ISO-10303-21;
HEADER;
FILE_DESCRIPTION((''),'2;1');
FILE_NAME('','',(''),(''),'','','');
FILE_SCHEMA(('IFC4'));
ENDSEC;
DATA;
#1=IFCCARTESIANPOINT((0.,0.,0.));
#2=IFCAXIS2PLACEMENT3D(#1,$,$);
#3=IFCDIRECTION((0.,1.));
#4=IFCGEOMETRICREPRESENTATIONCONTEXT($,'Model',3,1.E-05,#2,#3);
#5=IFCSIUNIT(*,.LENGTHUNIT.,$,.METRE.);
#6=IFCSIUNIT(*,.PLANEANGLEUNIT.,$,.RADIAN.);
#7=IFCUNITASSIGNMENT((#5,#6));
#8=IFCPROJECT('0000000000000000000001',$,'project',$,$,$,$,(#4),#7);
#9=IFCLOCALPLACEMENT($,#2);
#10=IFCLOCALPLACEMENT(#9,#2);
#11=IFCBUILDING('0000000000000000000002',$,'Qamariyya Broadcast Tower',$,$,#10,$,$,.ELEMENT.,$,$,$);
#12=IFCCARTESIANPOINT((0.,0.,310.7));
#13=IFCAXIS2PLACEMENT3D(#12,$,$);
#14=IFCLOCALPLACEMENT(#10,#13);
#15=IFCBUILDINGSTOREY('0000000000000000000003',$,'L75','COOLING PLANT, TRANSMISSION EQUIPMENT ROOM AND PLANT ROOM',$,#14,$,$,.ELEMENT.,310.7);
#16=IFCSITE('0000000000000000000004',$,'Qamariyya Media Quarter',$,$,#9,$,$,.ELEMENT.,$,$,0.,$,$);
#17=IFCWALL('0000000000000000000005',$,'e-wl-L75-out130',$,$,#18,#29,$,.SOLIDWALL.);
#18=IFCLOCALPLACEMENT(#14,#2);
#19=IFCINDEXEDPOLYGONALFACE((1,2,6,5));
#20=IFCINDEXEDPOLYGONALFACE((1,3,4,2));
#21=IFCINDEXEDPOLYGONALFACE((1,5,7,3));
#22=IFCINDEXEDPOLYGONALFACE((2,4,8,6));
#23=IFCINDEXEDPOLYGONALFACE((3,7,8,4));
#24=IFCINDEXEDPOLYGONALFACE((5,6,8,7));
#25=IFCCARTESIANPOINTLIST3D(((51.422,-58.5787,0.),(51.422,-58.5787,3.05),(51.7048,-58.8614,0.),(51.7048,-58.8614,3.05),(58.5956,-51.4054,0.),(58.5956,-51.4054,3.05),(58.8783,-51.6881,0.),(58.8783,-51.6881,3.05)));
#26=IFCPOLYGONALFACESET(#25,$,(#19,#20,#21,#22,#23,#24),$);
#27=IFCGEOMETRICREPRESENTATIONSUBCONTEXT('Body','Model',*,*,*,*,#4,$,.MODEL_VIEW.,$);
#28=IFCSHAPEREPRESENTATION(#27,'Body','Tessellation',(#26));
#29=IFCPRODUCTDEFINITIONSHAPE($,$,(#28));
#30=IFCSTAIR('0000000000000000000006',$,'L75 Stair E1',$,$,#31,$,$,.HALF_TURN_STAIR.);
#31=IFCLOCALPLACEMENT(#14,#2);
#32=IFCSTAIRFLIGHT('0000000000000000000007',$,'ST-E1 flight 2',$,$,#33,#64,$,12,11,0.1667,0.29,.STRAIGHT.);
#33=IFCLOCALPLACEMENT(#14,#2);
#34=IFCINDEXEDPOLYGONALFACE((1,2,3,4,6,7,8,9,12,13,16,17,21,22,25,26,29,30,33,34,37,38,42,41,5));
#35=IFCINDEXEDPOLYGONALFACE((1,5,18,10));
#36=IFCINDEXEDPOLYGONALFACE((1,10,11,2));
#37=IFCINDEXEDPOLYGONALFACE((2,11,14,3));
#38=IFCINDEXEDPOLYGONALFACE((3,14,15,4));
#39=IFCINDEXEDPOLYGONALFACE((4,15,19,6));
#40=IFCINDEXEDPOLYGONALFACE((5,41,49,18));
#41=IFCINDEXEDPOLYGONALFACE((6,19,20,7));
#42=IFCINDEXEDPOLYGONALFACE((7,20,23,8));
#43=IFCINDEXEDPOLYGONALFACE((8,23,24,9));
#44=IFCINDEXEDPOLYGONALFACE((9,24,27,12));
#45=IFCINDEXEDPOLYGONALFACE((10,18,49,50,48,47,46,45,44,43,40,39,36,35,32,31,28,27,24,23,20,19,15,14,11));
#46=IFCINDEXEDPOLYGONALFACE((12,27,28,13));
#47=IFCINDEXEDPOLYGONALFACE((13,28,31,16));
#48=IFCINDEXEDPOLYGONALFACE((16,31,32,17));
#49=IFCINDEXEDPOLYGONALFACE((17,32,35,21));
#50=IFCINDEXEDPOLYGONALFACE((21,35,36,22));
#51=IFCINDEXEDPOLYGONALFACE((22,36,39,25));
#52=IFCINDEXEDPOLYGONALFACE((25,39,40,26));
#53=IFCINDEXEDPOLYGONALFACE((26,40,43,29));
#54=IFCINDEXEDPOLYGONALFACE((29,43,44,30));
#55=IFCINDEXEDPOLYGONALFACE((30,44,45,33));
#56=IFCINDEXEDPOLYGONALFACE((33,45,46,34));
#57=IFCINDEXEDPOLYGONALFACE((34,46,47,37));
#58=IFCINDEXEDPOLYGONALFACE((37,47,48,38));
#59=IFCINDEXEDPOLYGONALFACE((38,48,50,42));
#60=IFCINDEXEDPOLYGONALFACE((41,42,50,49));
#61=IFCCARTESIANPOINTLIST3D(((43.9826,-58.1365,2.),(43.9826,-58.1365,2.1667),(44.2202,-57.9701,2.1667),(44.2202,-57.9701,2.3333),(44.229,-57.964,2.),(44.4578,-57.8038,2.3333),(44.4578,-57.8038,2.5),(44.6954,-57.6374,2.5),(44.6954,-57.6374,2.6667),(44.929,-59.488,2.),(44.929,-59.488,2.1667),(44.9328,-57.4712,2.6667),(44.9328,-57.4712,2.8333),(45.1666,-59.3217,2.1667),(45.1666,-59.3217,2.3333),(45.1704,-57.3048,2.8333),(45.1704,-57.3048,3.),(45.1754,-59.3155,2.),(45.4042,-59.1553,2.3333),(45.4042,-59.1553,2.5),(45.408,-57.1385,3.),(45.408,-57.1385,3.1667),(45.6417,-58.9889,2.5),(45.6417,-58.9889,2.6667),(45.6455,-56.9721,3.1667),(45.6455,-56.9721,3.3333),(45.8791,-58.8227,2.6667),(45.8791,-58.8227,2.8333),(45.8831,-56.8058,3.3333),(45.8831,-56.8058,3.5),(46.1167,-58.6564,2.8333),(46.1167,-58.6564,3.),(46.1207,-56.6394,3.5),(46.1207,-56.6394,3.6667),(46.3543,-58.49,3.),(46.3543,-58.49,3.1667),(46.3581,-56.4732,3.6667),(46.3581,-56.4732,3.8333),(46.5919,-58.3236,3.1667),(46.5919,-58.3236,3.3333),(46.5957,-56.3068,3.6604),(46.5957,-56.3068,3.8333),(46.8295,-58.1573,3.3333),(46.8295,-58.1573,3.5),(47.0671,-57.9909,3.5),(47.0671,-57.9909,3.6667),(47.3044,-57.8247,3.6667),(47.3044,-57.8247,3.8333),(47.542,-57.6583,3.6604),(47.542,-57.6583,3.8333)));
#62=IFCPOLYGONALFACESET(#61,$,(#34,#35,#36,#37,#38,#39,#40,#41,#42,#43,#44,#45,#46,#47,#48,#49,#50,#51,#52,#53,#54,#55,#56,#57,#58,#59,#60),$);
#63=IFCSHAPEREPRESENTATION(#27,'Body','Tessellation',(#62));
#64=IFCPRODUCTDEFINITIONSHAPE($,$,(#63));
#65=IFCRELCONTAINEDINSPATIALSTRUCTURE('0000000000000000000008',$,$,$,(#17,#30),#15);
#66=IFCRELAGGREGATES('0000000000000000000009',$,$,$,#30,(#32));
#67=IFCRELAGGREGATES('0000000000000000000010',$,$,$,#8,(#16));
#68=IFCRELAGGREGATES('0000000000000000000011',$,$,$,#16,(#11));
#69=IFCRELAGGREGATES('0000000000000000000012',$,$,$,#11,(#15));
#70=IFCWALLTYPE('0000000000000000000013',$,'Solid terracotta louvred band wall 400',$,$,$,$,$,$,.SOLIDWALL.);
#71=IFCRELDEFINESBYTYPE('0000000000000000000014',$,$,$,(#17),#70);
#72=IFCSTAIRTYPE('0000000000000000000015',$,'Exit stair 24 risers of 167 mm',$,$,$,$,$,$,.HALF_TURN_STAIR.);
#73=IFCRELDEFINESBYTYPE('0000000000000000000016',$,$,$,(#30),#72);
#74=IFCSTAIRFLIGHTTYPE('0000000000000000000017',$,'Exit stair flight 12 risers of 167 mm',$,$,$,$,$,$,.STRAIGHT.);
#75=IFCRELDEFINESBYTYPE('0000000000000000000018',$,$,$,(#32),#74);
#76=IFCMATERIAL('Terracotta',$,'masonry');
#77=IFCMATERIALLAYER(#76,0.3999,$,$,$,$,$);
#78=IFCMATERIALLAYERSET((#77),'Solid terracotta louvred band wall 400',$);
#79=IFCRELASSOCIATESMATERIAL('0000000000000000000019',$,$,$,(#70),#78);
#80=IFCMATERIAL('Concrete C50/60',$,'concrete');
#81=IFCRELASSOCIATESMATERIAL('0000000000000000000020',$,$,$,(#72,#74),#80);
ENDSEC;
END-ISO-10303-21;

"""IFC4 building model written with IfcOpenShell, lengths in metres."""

from ifc_helpers import new_model, si_unit, direction, frame, frame_2d, origin, place, context, subcontext, project, spatial, polyline, rectangle, outline, extrude, material, layer, layer_set, type_object, element, aggregate, save


model = new_model("IFC4")

# Units and contexts
model_context = context("Model", 3, precision=1e-05, world=origin(), true_north=direction((0.0, 1.0)))
body_context = subcontext(model_context, "Body", "Model", "MODEL_VIEW")
ifc_project = project(units=[si_unit("LENGTHUNIT", "METRE"), si_unit("PLANEANGLEUNIT", "RADIAN")], contexts=[model_context])

# Site, building, storey
site_placement = place(None, origin())
site = spatial("IfcSite", under=ifc_project, at=site_placement, Name="Qamariyya Media Quarter", CompositionType="ELEMENT", RefElevation=0.0)
building_placement = place(site_placement, origin())
building = spatial("IfcBuilding", under=site, at=building_placement, Name="Qamariyya Broadcast Tower", CompositionType="ELEMENT")
storey_placement = place(building_placement, frame((0.0, 0.0, 310.7)))
storey = spatial("IfcBuildingStorey", under=building, at=storey_placement, Name="L75", Description="COOLING PLANT, TRANSMISSION EQUIPMENT ROOM AND PLANT ROOM", CompositionType="ELEMENT", Elevation=310.7)

# Shared definitions
ifc_material_1 = material(Name="Concrete C50/60", Category="concrete")

# Wall
ifc_material_2 = material(Name="Terracotta", Category="masonry")
ifc_layer_1 = layer(ifc_material_2, 0.3999)
ifc_layer_set_1 = layer_set([ifc_layer_1], Name="Solid terracotta louvred band wall 400")
wall_type_1 = type_object("IfcWallType", Name="Solid terracotta louvred band wall 400", PredefinedType="SOLIDWALL", material=ifc_layer_set_1)
wall_1_placement = place(storey_placement, frame((51.5635, -58.72, 0.0), z_axis=(0.0, 0.0, 1.0), x_axis=(0.707119, 0.707095, 0.0)))
element("IfcWall", 1, at=wall_1_placement, inside=storey, type_object=wall_type_1, Name="e-wl-L75-out130", PredefinedType="SOLIDWALL", context=body_context, shape_type="SweptSolid", body=[
    extrude(rectangle(XDim=10.1448, YDim=0.3999, at=frame_2d((5.0723, 0.0))), origin(), (0.0, 0.0, 1.0), 3.05),
])

# Stair, stair flight
stair_type = type_object("IfcStairType", Name="Exit stair 24 risers of 167 mm", PredefinedType="HALF_TURN_STAIR", material=ifc_material_1)
stair_placement = place(storey_placement, origin())
stair = element("IfcStair", 2, at=stair_placement, inside=storey, type_object=stair_type, Name="L75 Stair E1", PredefinedType="HALF_TURN_STAIR")
stair_flight_type = type_object("IfcStairFlightType", Name="Exit stair flight 12 risers of 167 mm", PredefinedType="STRAIGHT", material=ifc_material_1)
stair_flight_placement = place(storey_placement, frame((44.4558, -58.8123, 2.0), z_axis=(0.0, 0.0, 1.0), x_axis=(0.819152, 0.573576, 0.0)))
stair_flight = element("IfcStairFlight", 3, at=stair_flight_placement, type_object=stair_flight_type, Name="ST-E1 flight 2", NumberOfRisers=12, NumberOfTreads=11, PredefinedType="STRAIGHT", RiserHeight=0.1667, TreadLength=0.29, context=body_context, shape_type="SweptSolid", body=[
    extrude(outline(polyline([(0.0, 0.0), (0.0, 0.1667), (0.29, 0.1667), (0.29, 0.3333), (0.5801, 0.3333), (0.5801, 0.5), (0.8701, 0.5), (0.8701, 0.6667), (1.1599, 0.6667), (1.1599, 0.8333), (1.45, 0.8333), (1.45, 1.0), (1.74, 1.0), (1.74, 1.1667), (2.03, 1.1667), (2.03, 1.3333), (2.3201, 1.3333), (2.3201, 1.5), (2.6101, 1.5), (2.6101, 1.6667), (2.8999, 1.6667), (2.8999, 1.8333), (3.1899, 1.8333), (3.1899, 2.0), (3.1899, 1.6604), (0.3008, 0.0), (0.0, 0.0)])), frame((0.0, 0.825, 0.0), z_axis=(0.0, -1.0, 0.0), x_axis=(1.0, 0.0, 0.0)), (0.0, 0.0, 1.0), 1.6499),
])
aggregate(stair, [stair_flight])

save(model, "model.ifc")
